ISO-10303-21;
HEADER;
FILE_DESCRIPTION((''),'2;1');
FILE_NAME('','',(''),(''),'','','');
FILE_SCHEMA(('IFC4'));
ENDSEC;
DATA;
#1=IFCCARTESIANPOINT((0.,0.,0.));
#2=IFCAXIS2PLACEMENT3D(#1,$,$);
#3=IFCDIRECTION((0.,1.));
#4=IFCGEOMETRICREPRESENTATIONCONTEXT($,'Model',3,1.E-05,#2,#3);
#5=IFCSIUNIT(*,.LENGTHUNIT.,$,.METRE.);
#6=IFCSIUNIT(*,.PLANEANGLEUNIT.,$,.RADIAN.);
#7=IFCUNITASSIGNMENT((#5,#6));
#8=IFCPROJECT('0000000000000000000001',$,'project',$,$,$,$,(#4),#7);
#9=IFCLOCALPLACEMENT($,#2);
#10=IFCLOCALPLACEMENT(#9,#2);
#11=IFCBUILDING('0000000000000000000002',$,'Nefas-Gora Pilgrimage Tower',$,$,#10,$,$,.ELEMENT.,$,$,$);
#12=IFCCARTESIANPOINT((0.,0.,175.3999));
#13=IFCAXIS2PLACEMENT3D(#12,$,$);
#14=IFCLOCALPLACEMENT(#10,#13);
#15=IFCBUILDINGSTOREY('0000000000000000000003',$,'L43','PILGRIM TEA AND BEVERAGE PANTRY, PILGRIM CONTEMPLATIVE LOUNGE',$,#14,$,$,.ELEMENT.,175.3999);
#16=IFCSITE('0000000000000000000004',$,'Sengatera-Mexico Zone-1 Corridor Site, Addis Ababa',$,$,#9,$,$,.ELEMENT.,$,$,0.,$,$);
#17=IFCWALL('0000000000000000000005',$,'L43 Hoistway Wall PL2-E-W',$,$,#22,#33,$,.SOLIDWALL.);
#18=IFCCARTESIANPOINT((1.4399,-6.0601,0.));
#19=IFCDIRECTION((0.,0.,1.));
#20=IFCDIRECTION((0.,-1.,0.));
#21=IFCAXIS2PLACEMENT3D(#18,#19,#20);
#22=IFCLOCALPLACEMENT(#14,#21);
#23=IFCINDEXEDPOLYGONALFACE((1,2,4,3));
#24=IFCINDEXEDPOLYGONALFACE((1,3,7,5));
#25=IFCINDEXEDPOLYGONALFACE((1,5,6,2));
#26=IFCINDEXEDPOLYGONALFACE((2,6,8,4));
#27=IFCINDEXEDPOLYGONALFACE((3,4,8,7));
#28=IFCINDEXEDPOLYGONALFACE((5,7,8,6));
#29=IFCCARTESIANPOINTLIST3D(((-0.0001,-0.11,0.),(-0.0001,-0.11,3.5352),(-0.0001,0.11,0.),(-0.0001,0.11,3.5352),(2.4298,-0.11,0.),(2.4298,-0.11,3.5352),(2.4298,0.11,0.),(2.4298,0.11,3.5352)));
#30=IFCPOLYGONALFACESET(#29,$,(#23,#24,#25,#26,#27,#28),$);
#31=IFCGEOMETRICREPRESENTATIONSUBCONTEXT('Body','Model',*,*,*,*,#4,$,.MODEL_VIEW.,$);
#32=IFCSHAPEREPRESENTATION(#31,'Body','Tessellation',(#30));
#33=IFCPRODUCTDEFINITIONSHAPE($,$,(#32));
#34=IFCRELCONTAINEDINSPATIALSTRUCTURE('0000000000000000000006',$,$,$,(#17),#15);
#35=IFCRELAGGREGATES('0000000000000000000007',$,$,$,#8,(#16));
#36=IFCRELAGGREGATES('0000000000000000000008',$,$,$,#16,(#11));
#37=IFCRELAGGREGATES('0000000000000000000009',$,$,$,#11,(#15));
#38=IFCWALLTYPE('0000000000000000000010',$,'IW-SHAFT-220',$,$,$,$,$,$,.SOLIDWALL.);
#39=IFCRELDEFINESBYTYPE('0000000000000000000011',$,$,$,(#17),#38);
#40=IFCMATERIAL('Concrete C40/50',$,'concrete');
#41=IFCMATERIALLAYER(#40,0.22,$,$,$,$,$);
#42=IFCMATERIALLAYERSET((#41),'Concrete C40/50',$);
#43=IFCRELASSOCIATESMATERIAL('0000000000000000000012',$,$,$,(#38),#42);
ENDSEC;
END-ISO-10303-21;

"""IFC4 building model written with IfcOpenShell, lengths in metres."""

from ifc_helpers import new_model, si_unit, direction, frame, frame_2d, origin, place, context, subcontext, project, spatial, rectangle, extrude, source, transform, mapped, material, layer, layer_set, type_object, element, save


model = new_model("IFC4")

# Units and contexts
model_context = context("Model", 3, precision=1e-05, world=origin(), true_north=direction((0.0, 1.0)))
body_context = subcontext(model_context, "Body", "Model", "MODEL_VIEW")
ifc_project = project(units=[si_unit("LENGTHUNIT", "METRE"), si_unit("PLANEANGLEUNIT", "RADIAN")], contexts=[model_context])

# Site, building, storey
site_placement = place(None, origin())
site = spatial("IfcSite", under=ifc_project, at=site_placement, Name="Sengatera-Mexico Zone-1 Corridor Site, Addis Ababa", CompositionType="ELEMENT", RefElevation=0.0)
building_placement = place(site_placement, origin())
building = spatial("IfcBuilding", under=site, at=building_placement, Name="Nefas-Gora Pilgrimage Tower", CompositionType="ELEMENT")
storey_placement = place(building_placement, frame((0.0, 0.0, 175.3999)))
storey = spatial("IfcBuildingStorey", under=building, at=storey_placement, Name="L43", Description="PILGRIM TEA AND BEVERAGE PANTRY, PILGRIM CONTEMPLATIVE LOUNGE", CompositionType="ELEMENT", Elevation=175.3999)

# Shared definitions
ifc_material_1 = material(Name="Concrete C40/50", Category="concrete")
ifc_layer_1 = layer(ifc_material_1, 0.22)
ifc_layer_set_1 = layer_set([ifc_layer_1], Name="Concrete C40/50")
wall_type_1 = type_object("IfcWallType", Name="IW-SHAFT-220", PredefinedType="SOLIDWALL", material=ifc_layer_set_1)

# Wall
shared_shape_1 = source(origin(), body_context, "Body", "SweptSolid", [
    extrude(rectangle(XDim=2.4299, YDim=0.22, at=frame_2d((1.2148, 0.0))), origin(), (0.0, 0.0, 1.0), 3.5352),
])
for number, where, z_axis, x_axis, name in (
    (1, (1.4399, -6.0601, 0.0), (0.0, 0.0, 1.0), (0.0, -1.0, 0.0), "L43 Hoistway Wall PL2-E-W"),
):
    element("IfcWall", number, at=place(storey_placement, frame(where, z_axis=z_axis, x_axis=x_axis)), inside=storey, type_object=wall_type_1, Name=name, PredefinedType="SOLIDWALL", context=body_context, shape_type="MappedRepresentation", body=[
        mapped(shared_shape_1, transform((0.0, 0.0, 0.0), x_axis=(1.0, 0.0, 0.0), y_axis=(0.0, 1.0, 0.0), z_axis=(0.0, 0.0, 1.0), scale=1.0)),
    ])

save(model, "model.ifc")
